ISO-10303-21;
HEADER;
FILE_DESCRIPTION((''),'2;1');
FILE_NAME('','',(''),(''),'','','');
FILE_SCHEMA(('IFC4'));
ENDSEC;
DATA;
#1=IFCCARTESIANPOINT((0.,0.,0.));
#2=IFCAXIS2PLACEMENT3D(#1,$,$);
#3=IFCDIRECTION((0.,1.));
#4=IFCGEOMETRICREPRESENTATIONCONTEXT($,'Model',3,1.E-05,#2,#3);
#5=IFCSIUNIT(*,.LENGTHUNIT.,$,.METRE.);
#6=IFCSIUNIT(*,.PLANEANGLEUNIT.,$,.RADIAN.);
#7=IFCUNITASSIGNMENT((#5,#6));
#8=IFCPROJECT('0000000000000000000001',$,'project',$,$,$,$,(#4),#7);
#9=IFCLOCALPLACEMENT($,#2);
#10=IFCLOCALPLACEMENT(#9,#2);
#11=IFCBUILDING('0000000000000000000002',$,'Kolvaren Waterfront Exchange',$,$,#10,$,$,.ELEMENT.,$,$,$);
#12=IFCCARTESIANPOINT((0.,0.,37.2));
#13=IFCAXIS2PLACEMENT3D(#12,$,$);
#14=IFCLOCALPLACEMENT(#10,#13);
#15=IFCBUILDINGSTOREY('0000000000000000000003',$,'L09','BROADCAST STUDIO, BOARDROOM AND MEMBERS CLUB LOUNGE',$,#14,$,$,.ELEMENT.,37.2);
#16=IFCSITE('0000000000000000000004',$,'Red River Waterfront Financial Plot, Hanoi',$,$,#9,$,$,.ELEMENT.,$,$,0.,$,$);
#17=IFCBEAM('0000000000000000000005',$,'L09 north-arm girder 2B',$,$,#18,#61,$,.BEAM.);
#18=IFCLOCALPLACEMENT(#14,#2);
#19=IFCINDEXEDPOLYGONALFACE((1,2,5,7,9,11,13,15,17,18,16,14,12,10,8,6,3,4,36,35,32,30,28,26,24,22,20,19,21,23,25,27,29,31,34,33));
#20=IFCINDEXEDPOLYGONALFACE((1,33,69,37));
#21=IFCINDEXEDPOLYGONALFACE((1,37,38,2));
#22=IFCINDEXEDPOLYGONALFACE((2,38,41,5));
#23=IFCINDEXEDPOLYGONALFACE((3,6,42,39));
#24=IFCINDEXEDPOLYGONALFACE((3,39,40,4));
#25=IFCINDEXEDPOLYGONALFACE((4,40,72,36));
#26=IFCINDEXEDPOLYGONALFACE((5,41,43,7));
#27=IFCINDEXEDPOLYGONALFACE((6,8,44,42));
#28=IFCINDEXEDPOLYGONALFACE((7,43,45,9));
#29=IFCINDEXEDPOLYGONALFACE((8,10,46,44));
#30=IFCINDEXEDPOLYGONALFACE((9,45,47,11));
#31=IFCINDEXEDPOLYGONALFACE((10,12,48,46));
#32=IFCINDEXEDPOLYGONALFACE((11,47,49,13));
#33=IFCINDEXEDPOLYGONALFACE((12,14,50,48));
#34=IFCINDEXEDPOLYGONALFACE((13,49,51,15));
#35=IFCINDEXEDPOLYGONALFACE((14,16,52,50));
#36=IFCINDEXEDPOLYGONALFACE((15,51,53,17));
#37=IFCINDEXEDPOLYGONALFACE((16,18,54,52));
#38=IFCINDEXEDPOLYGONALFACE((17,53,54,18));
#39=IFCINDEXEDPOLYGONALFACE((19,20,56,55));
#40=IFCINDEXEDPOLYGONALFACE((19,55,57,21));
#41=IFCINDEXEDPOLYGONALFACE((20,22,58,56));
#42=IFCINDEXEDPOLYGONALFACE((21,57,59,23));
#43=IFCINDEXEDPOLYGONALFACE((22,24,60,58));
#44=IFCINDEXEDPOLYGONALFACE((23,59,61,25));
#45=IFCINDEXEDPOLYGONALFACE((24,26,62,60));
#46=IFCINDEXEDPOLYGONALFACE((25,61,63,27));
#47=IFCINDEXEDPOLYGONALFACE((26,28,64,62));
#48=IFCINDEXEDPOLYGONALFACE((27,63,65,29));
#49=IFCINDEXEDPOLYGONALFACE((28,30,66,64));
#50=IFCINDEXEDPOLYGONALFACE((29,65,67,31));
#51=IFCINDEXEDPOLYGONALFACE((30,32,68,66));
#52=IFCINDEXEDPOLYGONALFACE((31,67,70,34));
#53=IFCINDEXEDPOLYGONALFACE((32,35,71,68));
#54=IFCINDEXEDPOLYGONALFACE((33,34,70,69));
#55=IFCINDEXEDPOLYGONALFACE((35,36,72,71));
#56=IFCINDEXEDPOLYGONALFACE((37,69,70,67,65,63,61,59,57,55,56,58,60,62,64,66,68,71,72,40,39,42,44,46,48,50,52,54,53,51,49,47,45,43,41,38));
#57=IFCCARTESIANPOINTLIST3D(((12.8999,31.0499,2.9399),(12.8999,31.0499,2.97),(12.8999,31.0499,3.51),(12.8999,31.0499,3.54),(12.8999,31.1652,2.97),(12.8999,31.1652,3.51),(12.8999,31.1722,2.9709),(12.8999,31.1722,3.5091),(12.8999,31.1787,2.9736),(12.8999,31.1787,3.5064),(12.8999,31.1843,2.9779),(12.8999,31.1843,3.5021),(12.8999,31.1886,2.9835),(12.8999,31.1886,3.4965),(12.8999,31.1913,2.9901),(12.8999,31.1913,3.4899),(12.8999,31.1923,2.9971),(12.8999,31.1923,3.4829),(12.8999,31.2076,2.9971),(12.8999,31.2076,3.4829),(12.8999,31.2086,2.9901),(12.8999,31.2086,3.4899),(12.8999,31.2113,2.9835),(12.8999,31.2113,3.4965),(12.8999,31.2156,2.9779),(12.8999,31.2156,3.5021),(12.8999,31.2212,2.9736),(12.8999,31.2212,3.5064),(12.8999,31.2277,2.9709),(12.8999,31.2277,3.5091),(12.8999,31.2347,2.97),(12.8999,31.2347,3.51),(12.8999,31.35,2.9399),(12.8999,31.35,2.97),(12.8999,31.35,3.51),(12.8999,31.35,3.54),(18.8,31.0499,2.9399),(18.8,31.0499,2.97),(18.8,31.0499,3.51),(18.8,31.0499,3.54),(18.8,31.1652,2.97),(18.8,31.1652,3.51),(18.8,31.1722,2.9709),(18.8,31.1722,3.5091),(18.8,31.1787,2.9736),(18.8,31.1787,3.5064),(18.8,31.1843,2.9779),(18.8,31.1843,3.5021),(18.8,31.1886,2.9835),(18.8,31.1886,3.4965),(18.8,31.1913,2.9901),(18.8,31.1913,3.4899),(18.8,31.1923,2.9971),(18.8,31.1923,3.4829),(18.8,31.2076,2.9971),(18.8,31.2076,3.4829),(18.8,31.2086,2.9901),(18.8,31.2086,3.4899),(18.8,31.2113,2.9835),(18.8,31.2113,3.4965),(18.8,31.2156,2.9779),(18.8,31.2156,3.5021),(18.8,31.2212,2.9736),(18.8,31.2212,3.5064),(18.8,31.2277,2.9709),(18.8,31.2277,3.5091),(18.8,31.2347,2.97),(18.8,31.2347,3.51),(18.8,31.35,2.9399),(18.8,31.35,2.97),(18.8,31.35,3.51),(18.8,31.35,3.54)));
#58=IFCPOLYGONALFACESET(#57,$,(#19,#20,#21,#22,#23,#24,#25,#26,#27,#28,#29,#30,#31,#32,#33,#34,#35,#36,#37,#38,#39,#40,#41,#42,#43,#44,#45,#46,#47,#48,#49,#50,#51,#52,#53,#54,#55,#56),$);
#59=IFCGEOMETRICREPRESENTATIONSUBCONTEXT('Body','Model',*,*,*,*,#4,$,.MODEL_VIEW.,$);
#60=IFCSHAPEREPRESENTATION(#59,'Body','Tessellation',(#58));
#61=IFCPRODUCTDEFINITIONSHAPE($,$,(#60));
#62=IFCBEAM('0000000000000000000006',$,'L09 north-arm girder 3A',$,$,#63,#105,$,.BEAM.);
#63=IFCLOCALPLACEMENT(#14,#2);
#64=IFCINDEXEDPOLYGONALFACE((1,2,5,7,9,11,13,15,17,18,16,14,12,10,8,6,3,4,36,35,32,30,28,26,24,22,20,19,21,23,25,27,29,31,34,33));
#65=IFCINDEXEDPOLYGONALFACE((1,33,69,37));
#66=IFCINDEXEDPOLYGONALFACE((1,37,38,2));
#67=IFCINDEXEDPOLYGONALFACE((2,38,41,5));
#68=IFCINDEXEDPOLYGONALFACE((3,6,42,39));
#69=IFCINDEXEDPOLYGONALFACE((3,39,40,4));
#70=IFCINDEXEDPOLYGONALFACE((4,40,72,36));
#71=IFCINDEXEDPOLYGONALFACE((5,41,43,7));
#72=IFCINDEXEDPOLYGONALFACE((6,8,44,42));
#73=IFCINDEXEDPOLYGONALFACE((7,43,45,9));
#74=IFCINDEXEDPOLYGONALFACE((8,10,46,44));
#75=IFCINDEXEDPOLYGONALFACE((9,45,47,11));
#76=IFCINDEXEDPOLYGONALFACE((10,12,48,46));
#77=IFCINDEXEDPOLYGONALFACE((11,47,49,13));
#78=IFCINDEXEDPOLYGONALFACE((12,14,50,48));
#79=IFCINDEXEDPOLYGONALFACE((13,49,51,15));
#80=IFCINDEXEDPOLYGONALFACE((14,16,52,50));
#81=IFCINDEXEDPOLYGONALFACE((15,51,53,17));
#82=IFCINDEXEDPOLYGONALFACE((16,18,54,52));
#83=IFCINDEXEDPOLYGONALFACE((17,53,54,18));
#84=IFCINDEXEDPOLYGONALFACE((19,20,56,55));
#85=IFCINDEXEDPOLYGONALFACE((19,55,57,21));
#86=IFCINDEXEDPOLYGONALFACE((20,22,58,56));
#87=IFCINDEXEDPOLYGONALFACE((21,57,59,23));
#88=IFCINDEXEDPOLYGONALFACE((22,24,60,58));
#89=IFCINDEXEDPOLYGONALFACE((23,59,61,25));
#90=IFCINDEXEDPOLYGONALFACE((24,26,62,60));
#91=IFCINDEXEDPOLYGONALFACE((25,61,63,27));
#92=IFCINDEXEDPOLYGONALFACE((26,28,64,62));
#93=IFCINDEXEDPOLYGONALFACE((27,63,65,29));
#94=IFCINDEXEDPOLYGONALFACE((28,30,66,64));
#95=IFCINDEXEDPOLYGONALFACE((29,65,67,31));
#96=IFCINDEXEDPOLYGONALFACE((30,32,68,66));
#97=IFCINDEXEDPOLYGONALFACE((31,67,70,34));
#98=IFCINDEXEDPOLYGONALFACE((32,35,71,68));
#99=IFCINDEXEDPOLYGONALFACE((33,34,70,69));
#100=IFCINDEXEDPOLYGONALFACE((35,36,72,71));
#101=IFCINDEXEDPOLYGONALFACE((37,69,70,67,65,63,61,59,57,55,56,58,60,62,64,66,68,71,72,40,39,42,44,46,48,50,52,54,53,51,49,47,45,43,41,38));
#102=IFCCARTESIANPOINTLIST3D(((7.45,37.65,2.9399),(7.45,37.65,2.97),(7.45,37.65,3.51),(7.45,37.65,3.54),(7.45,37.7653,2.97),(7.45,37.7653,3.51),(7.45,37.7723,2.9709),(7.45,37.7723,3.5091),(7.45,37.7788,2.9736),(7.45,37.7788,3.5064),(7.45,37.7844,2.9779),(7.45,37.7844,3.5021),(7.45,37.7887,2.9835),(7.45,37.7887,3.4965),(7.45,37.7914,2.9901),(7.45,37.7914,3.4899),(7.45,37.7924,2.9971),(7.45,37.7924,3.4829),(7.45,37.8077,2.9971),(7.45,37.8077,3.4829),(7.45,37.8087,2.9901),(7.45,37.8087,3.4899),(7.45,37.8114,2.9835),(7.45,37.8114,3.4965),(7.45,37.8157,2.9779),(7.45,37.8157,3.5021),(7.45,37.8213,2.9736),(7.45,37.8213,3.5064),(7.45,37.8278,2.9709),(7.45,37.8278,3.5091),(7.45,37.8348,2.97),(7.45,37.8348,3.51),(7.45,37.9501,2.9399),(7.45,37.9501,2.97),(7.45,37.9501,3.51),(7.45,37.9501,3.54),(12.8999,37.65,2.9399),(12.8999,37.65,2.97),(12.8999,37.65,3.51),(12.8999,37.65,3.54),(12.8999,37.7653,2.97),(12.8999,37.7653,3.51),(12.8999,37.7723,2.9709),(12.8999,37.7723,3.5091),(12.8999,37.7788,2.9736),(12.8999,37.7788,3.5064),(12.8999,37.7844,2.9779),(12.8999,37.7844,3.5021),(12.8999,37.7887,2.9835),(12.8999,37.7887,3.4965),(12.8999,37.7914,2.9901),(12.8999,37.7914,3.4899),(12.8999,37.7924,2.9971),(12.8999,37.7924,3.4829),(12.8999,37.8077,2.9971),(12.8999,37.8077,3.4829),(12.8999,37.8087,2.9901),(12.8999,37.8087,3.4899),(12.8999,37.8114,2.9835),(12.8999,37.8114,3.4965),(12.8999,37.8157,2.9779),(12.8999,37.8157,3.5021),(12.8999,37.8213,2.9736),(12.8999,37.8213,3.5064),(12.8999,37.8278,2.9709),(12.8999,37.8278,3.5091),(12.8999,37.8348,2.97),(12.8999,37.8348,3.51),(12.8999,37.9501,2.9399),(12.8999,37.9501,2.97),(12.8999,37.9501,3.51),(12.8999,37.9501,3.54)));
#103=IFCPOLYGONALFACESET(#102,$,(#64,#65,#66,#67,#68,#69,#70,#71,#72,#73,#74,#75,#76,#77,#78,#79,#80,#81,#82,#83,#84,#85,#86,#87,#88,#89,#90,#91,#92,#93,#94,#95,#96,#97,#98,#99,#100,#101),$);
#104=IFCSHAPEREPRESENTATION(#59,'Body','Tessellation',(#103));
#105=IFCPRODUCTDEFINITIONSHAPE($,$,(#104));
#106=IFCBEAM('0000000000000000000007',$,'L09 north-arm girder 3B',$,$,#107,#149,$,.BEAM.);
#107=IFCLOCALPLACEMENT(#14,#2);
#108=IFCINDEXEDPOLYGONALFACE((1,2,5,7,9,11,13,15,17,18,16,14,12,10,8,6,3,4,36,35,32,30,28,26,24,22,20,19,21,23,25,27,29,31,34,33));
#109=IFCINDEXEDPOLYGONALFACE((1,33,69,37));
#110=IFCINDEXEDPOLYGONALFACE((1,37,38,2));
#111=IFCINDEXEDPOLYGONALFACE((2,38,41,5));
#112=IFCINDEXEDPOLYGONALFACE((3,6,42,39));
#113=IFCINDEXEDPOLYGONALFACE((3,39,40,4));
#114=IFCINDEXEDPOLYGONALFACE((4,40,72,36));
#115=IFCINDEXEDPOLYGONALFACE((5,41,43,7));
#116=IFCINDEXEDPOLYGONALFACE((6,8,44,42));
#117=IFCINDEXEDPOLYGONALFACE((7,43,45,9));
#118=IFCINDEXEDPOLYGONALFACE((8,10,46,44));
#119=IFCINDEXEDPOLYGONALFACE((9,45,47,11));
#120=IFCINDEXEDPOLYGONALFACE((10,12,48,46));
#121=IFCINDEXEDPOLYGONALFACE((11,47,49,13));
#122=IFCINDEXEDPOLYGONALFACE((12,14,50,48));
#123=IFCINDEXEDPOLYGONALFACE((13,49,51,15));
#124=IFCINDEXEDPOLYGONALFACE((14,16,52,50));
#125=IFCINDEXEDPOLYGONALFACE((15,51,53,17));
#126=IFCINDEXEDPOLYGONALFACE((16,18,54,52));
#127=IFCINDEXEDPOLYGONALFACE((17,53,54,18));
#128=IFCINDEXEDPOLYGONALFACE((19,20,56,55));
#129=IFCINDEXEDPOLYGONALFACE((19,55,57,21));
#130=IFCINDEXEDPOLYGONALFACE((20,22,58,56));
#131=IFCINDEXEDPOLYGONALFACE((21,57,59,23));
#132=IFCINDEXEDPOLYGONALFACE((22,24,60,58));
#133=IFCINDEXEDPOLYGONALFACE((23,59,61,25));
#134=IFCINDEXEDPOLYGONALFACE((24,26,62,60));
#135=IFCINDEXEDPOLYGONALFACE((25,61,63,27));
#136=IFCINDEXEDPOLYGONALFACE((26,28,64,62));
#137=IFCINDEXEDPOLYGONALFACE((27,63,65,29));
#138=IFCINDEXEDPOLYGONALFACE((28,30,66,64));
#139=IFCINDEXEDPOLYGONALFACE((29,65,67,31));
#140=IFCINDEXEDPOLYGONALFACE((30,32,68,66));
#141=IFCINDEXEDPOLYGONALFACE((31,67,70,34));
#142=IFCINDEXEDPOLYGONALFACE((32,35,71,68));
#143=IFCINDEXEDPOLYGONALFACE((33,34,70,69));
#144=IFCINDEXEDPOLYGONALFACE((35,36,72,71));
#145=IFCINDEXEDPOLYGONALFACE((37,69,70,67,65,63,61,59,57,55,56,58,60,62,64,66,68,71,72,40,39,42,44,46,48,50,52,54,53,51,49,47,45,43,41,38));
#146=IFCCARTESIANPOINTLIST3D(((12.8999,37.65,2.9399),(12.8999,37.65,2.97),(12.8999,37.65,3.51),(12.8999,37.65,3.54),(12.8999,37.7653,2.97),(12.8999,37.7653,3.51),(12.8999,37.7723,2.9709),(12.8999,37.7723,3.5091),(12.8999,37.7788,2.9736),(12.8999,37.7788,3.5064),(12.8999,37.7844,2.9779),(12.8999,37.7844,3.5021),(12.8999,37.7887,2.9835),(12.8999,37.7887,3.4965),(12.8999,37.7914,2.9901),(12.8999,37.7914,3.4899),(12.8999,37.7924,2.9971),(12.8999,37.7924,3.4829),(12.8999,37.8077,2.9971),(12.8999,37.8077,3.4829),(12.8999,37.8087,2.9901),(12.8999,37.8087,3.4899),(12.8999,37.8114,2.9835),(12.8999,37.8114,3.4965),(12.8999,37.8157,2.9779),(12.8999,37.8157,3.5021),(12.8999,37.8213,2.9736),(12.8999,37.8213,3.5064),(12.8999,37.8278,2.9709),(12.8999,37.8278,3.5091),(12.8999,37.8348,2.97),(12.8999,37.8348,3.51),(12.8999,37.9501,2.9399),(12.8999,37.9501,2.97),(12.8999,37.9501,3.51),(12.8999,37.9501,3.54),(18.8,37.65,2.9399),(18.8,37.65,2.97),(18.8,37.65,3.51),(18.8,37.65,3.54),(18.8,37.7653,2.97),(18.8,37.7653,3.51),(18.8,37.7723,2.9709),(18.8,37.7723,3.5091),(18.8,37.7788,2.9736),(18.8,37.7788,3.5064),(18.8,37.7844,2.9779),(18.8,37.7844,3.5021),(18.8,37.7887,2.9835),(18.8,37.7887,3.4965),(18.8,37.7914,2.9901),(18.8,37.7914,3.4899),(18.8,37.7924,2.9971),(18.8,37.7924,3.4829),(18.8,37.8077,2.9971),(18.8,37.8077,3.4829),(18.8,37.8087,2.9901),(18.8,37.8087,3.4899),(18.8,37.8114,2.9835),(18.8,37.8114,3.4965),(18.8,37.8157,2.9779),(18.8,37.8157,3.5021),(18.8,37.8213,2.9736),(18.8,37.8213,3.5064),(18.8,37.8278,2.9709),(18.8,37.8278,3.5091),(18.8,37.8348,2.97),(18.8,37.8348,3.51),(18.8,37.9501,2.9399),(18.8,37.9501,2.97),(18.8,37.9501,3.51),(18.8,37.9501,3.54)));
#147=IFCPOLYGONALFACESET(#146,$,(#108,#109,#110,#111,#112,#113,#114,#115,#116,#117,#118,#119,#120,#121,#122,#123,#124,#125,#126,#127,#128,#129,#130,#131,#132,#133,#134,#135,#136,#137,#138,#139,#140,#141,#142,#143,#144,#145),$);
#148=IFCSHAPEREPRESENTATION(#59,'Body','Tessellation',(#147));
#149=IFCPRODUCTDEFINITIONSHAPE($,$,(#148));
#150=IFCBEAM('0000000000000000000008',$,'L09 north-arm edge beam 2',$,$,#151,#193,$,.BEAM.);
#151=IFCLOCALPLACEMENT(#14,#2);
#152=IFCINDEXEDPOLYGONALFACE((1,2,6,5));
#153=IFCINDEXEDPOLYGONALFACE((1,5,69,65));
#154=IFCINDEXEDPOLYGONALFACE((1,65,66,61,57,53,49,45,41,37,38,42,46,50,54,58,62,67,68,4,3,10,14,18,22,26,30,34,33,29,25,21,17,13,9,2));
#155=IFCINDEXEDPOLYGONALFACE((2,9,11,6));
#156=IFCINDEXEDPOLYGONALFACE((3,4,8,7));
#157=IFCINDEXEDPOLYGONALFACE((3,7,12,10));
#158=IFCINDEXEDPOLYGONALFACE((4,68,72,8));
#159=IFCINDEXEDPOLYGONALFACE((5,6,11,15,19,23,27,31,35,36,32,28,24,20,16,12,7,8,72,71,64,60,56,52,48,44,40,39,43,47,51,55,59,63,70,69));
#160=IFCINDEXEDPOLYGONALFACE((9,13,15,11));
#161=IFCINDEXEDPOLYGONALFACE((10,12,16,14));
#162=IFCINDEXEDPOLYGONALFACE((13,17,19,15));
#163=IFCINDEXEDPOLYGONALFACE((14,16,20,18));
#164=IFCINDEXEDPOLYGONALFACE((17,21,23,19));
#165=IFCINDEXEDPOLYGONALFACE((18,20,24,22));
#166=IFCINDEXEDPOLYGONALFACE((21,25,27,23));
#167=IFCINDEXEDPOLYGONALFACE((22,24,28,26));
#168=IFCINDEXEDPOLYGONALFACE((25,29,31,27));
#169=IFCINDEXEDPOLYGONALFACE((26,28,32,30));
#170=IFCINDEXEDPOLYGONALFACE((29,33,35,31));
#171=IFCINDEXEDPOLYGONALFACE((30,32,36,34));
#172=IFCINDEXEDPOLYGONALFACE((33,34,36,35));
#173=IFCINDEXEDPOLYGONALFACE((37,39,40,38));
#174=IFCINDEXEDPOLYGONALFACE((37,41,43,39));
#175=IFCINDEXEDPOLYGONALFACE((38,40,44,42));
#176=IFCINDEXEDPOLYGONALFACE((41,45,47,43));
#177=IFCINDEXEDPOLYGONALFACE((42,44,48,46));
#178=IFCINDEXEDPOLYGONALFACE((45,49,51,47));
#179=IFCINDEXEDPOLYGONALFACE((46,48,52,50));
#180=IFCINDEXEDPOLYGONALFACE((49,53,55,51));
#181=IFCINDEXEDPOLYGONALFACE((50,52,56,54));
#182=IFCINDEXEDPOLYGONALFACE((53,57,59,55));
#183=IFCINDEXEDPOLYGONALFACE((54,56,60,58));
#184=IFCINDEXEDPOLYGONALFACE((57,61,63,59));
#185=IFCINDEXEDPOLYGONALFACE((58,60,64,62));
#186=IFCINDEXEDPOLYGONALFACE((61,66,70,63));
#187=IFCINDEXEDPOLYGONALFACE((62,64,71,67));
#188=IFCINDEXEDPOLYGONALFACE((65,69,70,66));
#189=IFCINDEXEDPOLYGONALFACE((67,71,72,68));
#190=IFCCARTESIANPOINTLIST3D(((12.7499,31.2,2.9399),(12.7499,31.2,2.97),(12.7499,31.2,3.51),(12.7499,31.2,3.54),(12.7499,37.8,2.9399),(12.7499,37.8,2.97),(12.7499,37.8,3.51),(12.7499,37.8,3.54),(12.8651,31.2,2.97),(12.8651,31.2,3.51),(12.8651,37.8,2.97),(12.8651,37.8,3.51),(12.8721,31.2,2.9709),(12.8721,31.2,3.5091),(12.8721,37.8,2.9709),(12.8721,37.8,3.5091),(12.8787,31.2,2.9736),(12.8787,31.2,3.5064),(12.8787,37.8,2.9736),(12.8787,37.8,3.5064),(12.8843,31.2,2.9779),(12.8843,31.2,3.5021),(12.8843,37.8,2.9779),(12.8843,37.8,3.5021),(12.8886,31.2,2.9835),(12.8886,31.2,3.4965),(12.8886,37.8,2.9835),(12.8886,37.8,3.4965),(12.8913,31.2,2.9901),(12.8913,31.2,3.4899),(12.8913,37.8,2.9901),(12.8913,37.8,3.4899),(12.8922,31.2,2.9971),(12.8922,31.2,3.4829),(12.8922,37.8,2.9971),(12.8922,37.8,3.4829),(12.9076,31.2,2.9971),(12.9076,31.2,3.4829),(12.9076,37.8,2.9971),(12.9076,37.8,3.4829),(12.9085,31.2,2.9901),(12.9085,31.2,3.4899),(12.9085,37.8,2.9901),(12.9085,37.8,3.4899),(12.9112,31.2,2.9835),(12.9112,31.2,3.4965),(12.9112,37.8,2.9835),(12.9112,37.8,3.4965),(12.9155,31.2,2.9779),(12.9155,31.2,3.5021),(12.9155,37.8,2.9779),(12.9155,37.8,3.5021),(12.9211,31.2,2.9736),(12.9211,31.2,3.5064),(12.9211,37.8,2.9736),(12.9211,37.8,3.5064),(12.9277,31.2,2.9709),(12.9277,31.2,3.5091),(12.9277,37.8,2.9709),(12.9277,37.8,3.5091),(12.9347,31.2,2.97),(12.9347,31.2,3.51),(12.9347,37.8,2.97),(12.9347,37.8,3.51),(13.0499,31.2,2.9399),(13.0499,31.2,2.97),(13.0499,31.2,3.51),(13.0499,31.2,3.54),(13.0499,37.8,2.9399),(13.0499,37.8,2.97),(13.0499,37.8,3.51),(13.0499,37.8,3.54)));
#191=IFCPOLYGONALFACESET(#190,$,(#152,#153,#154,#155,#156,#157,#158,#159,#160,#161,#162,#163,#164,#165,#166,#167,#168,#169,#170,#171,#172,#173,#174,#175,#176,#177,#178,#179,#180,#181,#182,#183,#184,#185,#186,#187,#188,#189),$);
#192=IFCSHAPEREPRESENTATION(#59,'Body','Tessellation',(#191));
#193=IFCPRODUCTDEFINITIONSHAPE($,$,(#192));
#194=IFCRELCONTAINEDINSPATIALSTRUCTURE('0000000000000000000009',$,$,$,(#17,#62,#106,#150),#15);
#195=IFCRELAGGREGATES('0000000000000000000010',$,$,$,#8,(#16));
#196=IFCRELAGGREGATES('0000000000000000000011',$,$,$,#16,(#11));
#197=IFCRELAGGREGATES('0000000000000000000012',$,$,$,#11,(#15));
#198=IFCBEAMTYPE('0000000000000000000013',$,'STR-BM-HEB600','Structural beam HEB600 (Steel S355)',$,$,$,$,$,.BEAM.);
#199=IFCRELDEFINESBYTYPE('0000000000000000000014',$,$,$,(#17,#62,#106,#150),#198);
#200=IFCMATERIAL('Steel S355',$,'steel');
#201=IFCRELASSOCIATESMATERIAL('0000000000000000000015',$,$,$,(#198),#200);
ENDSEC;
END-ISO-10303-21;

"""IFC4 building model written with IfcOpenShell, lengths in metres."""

from ifc_helpers import new_model, si_unit, direction, frame, origin, origin_2d, place, context, subcontext, project, spatial, i_section, extrude, material, material_profile, profile_set, type_object, element, save


model = new_model("IFC4")

# Units and contexts
model_context = context("Model", 3, precision=1e-05, world=origin(), true_north=direction((0.0, 1.0)))
body_context = subcontext(model_context, "Body", "Model", "MODEL_VIEW")
ifc_project = project(units=[si_unit("LENGTHUNIT", "METRE"), si_unit("PLANEANGLEUNIT", "RADIAN")], contexts=[model_context])

# Site, building, storey
site_placement = place(None, origin())
site = spatial("IfcSite", under=ifc_project, at=site_placement, Name="Red River Waterfront Financial Plot, Hanoi", CompositionType="ELEMENT", RefElevation=0.0)
building_placement = place(site_placement, origin())
building = spatial("IfcBuilding", under=site, at=building_placement, Name="Kolvaren Waterfront Exchange", CompositionType="ELEMENT")
storey_placement = place(building_placement, frame((0.0, 0.0, 37.2)))
storey = spatial("IfcBuildingStorey", under=building, at=storey_placement, Name="L09", Description="BROADCAST STUDIO, BOARDROOM AND MEMBERS CLUB LOUNGE", CompositionType="ELEMENT", Elevation=37.2)

# Beams
ifc_material_1 = material(Name="Steel S355", Category="steel")
ifc_material_profile_1 = material_profile(ifc_material_1, i_section(OverallWidth=0.3, OverallDepth=0.6001, WebThickness=0.0154, FlangeThickness=0.03, FilletRadius=0.0271, at=origin_2d()), Name="HEB600")
ifc_profile_set_1 = profile_set([ifc_material_profile_1], Name="Steel S355")
beam_type_1 = type_object("IfcBeamType", Name="STR-BM-HEB600", Description="Structural beam HEB600 (Steel S355)", PredefinedType="BEAM", material=ifc_profile_set_1)
beam_1_placement = place(storey_placement, frame((12.8999, 31.2, 3.24), z_axis=(1.0, 0.0, 0.0), x_axis=(0.0, 1.0, 0.0)))
element("IfcBeam", 1, at=beam_1_placement, inside=storey, type_object=beam_type_1, Name="L09 north-arm girder 2B", PredefinedType="BEAM", context=body_context, shape_type="SweptSolid", body=[
    extrude(i_section(OverallWidth=0.3, OverallDepth=0.6001, WebThickness=0.0154, FlangeThickness=0.03, FilletRadius=0.0271, at=origin_2d()), origin(), (0.0, 0.0, 1.0), 5.9001),
])
beam_2_placement = place(storey_placement, frame((7.45, 37.8, 3.24), z_axis=(1.0, 0.0, 0.0), x_axis=(0.0, 1.0, 0.0)))
element("IfcBeam", 2, at=beam_2_placement, inside=storey, type_object=beam_type_1, Name="L09 north-arm girder 3A", PredefinedType="BEAM", context=body_context, shape_type="SweptSolid", body=[
    extrude(i_section(OverallWidth=0.3, OverallDepth=0.6001, WebThickness=0.0154, FlangeThickness=0.03, FilletRadius=0.0271, at=origin_2d()), origin(), (0.0, 0.0, 1.0), 5.45),
])
beam_3_placement = place(storey_placement, frame((12.8999, 37.8, 3.24), z_axis=(1.0, 0.0, 0.0), x_axis=(0.0, 1.0, 0.0)))
element("IfcBeam", 3, at=beam_3_placement, inside=storey, type_object=beam_type_1, Name="L09 north-arm girder 3B", PredefinedType="BEAM", context=body_context, shape_type="SweptSolid", body=[
    extrude(i_section(OverallWidth=0.3, OverallDepth=0.6001, WebThickness=0.0154, FlangeThickness=0.03, FilletRadius=0.0271, at=origin_2d()), origin(), (0.0, 0.0, 1.0), 5.9001),
])
beam_4_placement = place(storey_placement, frame((12.8999, 31.2, 3.24), z_axis=(0.0, 1.0, 0.0), x_axis=(-1.0, 0.0, 0.0)))
element("IfcBeam", 4, at=beam_4_placement, inside=storey, type_object=beam_type_1, Name="L09 north-arm edge beam 2", PredefinedType="BEAM", context=body_context, shape_type="SweptSolid", body=[
    extrude(i_section(OverallWidth=0.3, OverallDepth=0.6001, WebThickness=0.0154, FlangeThickness=0.03, FilletRadius=0.0271, at=origin_2d()), origin(), (0.0, 0.0, 1.0), 6.6001),
])

save(model, "model.ifc")
